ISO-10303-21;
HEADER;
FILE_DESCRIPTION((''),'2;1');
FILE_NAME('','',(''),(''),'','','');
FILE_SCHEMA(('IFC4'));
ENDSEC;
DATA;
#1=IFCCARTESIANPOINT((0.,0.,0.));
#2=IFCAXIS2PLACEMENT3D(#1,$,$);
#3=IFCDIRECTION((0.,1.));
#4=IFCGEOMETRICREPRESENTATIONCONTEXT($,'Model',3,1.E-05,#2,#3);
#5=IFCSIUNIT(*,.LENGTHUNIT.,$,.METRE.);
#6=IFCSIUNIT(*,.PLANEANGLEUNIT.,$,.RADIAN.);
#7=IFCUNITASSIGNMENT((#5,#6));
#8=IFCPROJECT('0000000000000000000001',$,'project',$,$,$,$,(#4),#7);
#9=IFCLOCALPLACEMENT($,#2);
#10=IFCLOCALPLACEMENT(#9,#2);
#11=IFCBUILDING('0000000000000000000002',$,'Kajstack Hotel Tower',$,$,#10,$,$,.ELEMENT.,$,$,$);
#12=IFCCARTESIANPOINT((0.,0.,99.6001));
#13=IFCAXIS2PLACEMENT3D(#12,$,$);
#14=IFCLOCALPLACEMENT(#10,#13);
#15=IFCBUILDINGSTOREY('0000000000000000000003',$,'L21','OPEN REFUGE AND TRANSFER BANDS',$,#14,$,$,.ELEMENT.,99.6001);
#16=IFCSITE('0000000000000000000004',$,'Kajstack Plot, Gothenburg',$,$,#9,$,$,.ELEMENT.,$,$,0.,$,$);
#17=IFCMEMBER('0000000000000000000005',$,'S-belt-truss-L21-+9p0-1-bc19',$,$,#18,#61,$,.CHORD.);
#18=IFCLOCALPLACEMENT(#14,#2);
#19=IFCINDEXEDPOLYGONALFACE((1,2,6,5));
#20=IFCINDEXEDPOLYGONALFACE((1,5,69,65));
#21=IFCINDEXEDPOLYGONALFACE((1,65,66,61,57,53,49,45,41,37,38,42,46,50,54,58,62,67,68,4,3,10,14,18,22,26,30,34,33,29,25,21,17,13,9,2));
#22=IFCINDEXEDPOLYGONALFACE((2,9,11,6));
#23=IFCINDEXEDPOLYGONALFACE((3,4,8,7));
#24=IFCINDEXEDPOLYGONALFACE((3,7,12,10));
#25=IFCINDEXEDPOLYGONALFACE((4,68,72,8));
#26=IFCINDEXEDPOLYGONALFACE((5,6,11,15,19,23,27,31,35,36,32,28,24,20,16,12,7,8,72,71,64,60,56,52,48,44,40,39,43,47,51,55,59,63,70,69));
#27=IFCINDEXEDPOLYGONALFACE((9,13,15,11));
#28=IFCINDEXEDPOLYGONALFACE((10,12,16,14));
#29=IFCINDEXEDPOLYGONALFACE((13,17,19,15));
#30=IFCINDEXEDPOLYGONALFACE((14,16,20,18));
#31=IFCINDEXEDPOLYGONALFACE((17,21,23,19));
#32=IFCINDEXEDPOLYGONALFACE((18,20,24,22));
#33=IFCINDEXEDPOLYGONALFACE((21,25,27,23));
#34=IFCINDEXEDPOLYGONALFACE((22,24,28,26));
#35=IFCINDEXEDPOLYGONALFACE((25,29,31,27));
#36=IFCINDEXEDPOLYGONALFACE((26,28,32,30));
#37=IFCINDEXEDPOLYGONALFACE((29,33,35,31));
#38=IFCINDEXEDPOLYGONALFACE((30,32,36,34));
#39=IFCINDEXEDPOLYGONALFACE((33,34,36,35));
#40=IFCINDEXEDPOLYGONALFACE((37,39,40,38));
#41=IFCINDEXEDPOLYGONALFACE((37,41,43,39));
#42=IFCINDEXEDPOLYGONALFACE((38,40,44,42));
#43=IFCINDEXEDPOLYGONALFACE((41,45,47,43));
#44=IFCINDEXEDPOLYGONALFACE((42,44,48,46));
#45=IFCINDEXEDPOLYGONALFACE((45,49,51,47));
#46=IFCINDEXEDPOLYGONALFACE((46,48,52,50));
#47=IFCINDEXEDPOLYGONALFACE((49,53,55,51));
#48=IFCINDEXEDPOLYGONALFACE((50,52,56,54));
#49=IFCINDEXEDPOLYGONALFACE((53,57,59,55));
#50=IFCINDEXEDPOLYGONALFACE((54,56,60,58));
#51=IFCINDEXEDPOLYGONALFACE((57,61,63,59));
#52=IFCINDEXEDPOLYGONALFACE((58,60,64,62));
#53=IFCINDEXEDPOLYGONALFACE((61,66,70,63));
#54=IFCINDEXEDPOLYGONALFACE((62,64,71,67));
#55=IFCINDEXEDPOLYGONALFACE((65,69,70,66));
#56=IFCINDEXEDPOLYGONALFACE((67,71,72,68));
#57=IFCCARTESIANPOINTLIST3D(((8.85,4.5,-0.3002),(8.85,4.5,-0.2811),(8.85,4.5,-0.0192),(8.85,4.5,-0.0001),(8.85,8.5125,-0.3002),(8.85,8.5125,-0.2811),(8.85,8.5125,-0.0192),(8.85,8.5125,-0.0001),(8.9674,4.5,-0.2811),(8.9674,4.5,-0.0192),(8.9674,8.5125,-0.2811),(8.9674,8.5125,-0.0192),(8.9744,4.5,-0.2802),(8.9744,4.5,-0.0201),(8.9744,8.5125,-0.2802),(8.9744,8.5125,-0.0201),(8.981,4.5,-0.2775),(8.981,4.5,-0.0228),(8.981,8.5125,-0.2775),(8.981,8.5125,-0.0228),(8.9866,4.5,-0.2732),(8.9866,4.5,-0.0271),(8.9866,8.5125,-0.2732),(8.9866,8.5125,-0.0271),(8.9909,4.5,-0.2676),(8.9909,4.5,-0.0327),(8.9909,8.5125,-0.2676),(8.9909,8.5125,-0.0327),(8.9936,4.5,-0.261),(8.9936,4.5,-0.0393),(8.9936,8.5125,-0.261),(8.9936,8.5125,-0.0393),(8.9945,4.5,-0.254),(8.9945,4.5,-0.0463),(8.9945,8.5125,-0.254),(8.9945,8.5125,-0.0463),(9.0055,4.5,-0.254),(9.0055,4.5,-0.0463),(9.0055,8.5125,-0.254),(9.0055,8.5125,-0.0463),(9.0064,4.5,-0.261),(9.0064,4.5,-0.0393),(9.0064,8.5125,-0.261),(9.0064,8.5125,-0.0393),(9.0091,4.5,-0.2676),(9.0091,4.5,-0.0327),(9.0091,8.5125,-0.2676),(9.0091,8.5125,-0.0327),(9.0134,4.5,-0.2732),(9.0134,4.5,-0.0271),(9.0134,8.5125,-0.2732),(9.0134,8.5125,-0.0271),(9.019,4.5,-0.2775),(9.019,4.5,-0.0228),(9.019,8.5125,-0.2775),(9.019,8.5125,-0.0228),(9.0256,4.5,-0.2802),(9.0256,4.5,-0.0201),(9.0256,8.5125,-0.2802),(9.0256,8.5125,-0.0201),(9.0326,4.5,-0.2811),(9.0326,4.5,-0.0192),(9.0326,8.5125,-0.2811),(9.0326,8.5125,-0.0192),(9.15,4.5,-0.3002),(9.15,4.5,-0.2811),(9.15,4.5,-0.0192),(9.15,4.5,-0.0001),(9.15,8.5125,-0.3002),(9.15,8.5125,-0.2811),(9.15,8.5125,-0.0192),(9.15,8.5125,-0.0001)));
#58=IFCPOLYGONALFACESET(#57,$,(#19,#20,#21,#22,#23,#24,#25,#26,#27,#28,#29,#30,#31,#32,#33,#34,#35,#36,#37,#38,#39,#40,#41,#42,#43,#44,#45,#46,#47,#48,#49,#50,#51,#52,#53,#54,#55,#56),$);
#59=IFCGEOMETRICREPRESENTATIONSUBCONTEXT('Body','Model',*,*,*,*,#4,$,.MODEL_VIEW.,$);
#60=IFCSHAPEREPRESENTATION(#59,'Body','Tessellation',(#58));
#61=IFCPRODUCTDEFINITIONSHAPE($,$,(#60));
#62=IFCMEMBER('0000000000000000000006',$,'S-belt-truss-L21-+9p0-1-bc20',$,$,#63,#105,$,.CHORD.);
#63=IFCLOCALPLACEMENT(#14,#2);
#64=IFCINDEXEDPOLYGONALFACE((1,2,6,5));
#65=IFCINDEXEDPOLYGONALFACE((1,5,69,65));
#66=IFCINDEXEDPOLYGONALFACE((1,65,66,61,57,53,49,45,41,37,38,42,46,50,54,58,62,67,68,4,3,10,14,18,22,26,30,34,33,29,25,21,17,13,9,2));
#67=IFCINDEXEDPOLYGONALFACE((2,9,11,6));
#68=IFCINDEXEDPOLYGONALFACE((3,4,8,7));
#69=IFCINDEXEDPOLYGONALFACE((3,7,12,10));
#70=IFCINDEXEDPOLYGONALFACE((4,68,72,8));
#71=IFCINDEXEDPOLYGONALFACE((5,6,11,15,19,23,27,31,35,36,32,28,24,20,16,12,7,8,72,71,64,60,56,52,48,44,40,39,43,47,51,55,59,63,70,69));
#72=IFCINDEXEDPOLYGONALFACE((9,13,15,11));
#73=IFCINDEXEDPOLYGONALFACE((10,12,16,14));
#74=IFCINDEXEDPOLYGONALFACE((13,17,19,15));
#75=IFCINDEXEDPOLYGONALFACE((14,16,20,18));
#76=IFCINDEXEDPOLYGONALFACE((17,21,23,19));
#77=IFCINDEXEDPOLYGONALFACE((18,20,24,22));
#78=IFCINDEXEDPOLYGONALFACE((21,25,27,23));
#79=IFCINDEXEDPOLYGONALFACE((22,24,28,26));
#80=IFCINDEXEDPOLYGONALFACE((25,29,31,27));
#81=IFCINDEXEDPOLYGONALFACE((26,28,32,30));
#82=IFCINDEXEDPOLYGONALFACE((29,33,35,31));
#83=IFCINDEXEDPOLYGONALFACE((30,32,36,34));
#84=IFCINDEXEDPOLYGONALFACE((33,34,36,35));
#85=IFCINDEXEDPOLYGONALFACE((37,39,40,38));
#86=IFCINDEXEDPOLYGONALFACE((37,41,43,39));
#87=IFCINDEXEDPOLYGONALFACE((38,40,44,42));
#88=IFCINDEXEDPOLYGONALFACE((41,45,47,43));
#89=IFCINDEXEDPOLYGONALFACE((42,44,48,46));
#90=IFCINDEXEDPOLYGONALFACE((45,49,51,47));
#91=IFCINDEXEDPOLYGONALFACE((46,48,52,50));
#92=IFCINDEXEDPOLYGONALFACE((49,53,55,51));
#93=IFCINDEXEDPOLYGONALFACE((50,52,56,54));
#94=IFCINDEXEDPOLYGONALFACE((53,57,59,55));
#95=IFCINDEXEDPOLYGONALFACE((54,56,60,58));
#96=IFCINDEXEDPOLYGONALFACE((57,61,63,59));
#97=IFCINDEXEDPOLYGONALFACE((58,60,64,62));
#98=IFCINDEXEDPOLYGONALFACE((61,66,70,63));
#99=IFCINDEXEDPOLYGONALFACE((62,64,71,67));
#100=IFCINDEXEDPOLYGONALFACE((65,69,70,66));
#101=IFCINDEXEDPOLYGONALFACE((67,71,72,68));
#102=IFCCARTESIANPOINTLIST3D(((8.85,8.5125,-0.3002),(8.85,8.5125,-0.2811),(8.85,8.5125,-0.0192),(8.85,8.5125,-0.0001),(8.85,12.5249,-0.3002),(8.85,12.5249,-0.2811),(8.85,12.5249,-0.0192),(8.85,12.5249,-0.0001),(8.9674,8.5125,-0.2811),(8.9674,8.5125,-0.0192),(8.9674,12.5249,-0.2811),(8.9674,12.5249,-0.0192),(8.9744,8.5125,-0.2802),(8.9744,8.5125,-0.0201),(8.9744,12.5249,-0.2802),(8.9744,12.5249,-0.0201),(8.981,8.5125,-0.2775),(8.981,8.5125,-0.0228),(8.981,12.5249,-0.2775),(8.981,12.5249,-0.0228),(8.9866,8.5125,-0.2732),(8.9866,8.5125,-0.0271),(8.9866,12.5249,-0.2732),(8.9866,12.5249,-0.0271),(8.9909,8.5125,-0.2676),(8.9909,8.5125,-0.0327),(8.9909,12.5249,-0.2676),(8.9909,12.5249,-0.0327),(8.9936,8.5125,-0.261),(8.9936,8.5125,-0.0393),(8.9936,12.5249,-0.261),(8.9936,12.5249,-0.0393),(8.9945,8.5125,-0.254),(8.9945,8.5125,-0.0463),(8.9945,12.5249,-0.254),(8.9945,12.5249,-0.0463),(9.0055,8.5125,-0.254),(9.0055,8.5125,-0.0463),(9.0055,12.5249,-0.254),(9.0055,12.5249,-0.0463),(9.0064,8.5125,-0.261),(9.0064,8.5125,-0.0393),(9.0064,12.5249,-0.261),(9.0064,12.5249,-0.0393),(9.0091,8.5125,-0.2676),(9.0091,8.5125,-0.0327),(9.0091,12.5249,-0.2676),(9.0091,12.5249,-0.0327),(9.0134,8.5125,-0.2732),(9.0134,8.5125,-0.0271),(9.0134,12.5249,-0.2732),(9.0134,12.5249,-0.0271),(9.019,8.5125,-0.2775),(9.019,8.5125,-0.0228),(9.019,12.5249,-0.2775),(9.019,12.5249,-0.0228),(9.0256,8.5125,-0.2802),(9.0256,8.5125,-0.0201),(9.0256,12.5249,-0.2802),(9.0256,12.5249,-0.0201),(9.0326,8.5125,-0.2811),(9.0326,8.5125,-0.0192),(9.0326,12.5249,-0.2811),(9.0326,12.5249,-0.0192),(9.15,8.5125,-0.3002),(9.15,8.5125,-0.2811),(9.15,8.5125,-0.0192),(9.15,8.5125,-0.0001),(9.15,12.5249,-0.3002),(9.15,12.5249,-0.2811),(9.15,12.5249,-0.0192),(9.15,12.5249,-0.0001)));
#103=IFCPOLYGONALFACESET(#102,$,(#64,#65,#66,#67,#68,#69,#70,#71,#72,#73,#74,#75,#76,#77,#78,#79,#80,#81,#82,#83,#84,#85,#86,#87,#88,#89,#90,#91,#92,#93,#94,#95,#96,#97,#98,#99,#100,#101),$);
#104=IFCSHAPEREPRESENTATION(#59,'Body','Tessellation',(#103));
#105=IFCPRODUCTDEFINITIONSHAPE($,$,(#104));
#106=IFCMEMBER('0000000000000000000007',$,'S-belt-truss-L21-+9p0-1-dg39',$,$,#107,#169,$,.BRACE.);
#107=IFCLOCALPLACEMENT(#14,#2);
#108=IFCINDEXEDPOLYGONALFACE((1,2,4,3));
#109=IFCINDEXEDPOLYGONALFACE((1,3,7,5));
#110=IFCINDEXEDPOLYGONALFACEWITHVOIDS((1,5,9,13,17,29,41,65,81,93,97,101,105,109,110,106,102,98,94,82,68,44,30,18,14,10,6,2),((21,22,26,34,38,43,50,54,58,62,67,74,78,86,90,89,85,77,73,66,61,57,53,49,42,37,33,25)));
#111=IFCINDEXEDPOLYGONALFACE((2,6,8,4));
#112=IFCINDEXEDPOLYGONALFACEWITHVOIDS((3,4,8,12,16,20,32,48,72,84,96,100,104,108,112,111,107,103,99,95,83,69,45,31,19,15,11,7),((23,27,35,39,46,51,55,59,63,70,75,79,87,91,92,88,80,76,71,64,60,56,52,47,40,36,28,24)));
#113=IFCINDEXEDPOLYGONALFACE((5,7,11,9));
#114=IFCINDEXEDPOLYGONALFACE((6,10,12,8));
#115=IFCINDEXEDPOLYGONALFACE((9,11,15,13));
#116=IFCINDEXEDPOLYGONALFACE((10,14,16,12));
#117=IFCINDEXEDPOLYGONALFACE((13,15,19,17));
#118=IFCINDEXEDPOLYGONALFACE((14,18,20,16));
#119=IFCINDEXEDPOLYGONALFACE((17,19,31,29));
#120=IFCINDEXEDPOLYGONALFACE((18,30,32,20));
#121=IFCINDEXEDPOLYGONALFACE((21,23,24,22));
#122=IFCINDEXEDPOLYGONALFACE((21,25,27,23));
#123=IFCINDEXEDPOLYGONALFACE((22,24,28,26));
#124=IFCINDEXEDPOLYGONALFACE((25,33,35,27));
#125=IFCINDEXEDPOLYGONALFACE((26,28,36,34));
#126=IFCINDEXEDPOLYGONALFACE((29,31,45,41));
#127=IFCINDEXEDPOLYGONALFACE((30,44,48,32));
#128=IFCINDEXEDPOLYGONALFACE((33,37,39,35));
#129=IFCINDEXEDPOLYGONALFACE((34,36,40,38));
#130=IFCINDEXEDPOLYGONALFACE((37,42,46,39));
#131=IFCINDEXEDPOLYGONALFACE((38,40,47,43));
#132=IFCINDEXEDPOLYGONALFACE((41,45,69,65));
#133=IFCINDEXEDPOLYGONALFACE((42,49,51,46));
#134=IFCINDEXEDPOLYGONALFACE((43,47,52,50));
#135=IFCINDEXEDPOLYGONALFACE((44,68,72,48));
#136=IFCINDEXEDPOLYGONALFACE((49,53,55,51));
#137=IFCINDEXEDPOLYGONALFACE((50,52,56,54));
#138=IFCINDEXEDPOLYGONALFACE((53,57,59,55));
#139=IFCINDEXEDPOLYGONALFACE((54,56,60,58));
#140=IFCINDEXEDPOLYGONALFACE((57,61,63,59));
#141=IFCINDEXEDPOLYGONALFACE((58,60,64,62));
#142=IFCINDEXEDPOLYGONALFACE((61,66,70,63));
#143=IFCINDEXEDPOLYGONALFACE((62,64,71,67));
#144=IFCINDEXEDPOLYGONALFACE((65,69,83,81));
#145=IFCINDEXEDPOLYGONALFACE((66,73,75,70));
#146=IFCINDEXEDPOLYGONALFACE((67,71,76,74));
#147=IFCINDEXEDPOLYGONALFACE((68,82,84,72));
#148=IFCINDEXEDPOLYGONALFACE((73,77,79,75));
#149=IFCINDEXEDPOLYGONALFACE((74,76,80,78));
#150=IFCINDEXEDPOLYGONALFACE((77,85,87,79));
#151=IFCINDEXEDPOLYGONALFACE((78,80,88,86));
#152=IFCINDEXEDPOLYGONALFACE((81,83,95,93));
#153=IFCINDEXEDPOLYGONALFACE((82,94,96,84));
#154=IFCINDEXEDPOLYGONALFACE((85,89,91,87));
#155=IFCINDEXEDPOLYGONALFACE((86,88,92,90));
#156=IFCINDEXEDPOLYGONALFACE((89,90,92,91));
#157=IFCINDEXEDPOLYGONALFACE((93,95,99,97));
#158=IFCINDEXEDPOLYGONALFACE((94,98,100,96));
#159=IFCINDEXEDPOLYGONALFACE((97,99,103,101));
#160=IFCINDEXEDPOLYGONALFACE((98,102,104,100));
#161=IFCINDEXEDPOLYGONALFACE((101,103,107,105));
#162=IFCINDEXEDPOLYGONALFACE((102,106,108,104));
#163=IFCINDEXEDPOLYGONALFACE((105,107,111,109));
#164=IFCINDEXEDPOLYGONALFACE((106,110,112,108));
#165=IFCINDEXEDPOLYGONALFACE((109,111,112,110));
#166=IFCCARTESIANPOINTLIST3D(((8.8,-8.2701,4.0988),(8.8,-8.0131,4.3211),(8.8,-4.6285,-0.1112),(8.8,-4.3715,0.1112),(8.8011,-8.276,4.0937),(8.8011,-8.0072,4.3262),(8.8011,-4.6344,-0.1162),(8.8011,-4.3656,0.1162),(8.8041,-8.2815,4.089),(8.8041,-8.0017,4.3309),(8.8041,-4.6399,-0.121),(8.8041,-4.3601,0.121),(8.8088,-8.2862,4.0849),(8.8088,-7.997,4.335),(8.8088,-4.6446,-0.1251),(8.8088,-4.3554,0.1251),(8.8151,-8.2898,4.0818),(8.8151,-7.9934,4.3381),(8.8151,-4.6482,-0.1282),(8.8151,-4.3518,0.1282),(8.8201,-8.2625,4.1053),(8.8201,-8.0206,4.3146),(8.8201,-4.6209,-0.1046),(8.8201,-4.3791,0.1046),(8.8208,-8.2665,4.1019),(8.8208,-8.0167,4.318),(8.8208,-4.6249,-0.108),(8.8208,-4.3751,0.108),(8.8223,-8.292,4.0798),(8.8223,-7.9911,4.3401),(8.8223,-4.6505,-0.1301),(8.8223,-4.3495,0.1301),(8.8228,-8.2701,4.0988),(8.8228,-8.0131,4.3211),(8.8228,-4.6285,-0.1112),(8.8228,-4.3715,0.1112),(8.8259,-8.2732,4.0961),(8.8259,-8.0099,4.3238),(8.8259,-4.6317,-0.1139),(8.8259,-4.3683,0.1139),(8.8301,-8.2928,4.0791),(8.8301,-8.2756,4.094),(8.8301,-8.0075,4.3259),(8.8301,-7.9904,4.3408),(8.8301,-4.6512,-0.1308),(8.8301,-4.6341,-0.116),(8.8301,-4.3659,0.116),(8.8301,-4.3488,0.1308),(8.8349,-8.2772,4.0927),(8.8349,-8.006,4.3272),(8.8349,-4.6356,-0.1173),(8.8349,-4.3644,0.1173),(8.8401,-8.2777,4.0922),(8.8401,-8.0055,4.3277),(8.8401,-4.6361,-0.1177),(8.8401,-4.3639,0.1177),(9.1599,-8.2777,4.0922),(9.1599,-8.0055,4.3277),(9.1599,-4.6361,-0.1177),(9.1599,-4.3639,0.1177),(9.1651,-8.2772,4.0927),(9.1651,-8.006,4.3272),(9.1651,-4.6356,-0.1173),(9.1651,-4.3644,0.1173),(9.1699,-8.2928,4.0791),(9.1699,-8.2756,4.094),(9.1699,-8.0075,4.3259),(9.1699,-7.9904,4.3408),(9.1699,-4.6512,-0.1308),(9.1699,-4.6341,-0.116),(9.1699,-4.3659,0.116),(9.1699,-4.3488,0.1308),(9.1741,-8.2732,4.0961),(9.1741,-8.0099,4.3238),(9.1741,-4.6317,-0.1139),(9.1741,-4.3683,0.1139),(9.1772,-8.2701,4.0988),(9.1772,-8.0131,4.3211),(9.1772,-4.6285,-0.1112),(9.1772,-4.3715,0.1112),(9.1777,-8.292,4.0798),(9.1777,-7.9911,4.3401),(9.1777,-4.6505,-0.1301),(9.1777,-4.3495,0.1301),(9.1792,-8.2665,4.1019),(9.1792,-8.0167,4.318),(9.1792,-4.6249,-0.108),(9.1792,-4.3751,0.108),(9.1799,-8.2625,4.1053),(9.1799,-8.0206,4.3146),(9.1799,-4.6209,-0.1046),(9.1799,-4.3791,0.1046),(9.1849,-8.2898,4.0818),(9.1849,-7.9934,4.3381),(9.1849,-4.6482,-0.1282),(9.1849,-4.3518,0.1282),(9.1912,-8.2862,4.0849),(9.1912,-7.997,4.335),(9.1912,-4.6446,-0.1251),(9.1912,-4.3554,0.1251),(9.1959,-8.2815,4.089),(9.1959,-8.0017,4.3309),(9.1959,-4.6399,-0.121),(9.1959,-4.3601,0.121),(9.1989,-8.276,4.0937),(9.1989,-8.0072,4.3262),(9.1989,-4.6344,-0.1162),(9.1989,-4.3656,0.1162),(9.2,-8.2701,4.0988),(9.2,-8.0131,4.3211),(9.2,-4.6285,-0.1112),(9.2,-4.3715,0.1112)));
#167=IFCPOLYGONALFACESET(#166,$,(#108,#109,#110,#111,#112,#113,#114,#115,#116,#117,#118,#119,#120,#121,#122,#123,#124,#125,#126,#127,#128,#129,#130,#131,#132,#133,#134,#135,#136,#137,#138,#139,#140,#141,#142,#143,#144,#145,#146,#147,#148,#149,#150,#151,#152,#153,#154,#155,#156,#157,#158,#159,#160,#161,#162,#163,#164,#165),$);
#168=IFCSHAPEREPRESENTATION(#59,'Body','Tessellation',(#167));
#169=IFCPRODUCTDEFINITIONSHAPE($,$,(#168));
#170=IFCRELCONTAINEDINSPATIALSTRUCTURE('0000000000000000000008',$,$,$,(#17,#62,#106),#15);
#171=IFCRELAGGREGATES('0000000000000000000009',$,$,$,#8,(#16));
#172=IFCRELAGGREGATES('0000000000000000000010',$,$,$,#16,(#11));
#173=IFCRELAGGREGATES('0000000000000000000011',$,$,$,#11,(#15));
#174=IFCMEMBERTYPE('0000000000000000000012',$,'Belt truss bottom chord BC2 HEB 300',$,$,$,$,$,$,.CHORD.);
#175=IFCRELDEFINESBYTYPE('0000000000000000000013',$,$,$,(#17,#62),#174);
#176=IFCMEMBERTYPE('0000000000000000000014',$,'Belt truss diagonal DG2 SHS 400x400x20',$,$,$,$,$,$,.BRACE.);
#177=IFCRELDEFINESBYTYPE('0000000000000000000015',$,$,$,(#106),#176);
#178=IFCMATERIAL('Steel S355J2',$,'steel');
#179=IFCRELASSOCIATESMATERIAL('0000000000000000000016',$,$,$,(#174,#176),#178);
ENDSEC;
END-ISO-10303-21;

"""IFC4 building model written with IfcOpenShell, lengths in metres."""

from ifc_helpers import new_model, si_unit, direction, frame, origin, origin_2d, place, context, subcontext, project, spatial, hollow_rectangle, i_section, extrude, material, material_profile, profile_set, type_object, element, save


model = new_model("IFC4")

# Units and contexts
model_context = context("Model", 3, precision=1e-05, world=origin(), true_north=direction((0.0, 1.0)))
body_context = subcontext(model_context, "Body", "Model", "MODEL_VIEW")
ifc_project = project(units=[si_unit("LENGTHUNIT", "METRE"), si_unit("PLANEANGLEUNIT", "RADIAN")], contexts=[model_context])

# Site, building, storey
site_placement = place(None, origin())
site = spatial("IfcSite", under=ifc_project, at=site_placement, Name="Kajstack Plot, Gothenburg", CompositionType="ELEMENT", RefElevation=0.0)
building_placement = place(site_placement, origin())
building = spatial("IfcBuilding", under=site, at=building_placement, Name="Kajstack Hotel Tower", CompositionType="ELEMENT")
storey_placement = place(building_placement, frame((0.0, 0.0, 99.6001)))
storey = spatial("IfcBuildingStorey", under=building, at=storey_placement, Name="L21", Description="OPEN REFUGE AND TRANSFER BANDS", CompositionType="ELEMENT", Elevation=99.6001)

# Members
ifc_material_1 = material(Name="Steel S355J2", Category="steel")
ifc_material_profile_1 = material_profile(ifc_material_1, i_section(OverallWidth=0.3, OverallDepth=0.3, WebThickness=0.011, FlangeThickness=0.019, FilletRadius=0.0271, at=origin_2d()), Name="HEB 300")
ifc_profile_set_1 = profile_set([ifc_material_profile_1], Name="Steel S355J2")
member_type_1 = type_object("IfcMemberType", Name="Belt truss bottom chord BC2 HEB 300", PredefinedType="CHORD", material=ifc_profile_set_1)
for number, where, z_axis, x_axis, name in (
    (1, (9.0, 4.5, -0.1501), (0.0, 1.0, 0.0), (-1.0, 0.0, 0.0), "S-belt-truss-L21-+9p0-1-bc19"),
    (2, (9.0, 8.5125, -0.1501), (0.0, 1.0, 0.0), (-1.0, 0.0, 0.0), "S-belt-truss-L21-+9p0-1-bc20"),
):
    element("IfcMember", number, at=place(storey_placement, frame(where, z_axis=z_axis, x_axis=x_axis)), inside=storey, type_object=member_type_1, Name=name, PredefinedType="CHORD", context=body_context, shape_type="SweptSolid", body=[
        extrude(i_section(OverallWidth=0.3, OverallDepth=0.3, WebThickness=0.011, FlangeThickness=0.019, FilletRadius=0.0271, at=origin_2d()), origin(), (0.0, 0.0, 1.0), 4.0125),
    ])
ifc_material_profile_2 = material_profile(ifc_material_1, hollow_rectangle(XDim=0.3999, YDim=0.3999, WallThickness=0.02, InnerFilletRadius=0.02, OuterFilletRadius=0.03, at=origin_2d()), Name="SHS 400x400x20")
ifc_profile_set_2 = profile_set([ifc_material_profile_2], Name="Steel S355J2")
member_type_2 = type_object("IfcMemberType", Name="Belt truss diagonal DG2 SHS 400x400x20", PredefinedType="BRACE", material=ifc_profile_set_2)
member_1_placement = place(storey_placement, frame((9.0, -4.5, 0.0), z_axis=(0.0, -0.654209, 0.756314), x_axis=(1.0, 0.0, 0.0)))
element("IfcMember", 3, at=member_1_placement, inside=storey, type_object=member_type_2, Name="S-belt-truss-L21-+9p0-1-dg39", PredefinedType="BRACE", context=body_context, shape_type="SweptSolid", body=[
    extrude(hollow_rectangle(XDim=0.3999, YDim=0.3999, WallThickness=0.02, InnerFilletRadius=0.02, OuterFilletRadius=0.03, at=origin_2d()), origin(), (0.0, 0.0, 1.0), 5.5664),
])

save(model, "model.ifc")
